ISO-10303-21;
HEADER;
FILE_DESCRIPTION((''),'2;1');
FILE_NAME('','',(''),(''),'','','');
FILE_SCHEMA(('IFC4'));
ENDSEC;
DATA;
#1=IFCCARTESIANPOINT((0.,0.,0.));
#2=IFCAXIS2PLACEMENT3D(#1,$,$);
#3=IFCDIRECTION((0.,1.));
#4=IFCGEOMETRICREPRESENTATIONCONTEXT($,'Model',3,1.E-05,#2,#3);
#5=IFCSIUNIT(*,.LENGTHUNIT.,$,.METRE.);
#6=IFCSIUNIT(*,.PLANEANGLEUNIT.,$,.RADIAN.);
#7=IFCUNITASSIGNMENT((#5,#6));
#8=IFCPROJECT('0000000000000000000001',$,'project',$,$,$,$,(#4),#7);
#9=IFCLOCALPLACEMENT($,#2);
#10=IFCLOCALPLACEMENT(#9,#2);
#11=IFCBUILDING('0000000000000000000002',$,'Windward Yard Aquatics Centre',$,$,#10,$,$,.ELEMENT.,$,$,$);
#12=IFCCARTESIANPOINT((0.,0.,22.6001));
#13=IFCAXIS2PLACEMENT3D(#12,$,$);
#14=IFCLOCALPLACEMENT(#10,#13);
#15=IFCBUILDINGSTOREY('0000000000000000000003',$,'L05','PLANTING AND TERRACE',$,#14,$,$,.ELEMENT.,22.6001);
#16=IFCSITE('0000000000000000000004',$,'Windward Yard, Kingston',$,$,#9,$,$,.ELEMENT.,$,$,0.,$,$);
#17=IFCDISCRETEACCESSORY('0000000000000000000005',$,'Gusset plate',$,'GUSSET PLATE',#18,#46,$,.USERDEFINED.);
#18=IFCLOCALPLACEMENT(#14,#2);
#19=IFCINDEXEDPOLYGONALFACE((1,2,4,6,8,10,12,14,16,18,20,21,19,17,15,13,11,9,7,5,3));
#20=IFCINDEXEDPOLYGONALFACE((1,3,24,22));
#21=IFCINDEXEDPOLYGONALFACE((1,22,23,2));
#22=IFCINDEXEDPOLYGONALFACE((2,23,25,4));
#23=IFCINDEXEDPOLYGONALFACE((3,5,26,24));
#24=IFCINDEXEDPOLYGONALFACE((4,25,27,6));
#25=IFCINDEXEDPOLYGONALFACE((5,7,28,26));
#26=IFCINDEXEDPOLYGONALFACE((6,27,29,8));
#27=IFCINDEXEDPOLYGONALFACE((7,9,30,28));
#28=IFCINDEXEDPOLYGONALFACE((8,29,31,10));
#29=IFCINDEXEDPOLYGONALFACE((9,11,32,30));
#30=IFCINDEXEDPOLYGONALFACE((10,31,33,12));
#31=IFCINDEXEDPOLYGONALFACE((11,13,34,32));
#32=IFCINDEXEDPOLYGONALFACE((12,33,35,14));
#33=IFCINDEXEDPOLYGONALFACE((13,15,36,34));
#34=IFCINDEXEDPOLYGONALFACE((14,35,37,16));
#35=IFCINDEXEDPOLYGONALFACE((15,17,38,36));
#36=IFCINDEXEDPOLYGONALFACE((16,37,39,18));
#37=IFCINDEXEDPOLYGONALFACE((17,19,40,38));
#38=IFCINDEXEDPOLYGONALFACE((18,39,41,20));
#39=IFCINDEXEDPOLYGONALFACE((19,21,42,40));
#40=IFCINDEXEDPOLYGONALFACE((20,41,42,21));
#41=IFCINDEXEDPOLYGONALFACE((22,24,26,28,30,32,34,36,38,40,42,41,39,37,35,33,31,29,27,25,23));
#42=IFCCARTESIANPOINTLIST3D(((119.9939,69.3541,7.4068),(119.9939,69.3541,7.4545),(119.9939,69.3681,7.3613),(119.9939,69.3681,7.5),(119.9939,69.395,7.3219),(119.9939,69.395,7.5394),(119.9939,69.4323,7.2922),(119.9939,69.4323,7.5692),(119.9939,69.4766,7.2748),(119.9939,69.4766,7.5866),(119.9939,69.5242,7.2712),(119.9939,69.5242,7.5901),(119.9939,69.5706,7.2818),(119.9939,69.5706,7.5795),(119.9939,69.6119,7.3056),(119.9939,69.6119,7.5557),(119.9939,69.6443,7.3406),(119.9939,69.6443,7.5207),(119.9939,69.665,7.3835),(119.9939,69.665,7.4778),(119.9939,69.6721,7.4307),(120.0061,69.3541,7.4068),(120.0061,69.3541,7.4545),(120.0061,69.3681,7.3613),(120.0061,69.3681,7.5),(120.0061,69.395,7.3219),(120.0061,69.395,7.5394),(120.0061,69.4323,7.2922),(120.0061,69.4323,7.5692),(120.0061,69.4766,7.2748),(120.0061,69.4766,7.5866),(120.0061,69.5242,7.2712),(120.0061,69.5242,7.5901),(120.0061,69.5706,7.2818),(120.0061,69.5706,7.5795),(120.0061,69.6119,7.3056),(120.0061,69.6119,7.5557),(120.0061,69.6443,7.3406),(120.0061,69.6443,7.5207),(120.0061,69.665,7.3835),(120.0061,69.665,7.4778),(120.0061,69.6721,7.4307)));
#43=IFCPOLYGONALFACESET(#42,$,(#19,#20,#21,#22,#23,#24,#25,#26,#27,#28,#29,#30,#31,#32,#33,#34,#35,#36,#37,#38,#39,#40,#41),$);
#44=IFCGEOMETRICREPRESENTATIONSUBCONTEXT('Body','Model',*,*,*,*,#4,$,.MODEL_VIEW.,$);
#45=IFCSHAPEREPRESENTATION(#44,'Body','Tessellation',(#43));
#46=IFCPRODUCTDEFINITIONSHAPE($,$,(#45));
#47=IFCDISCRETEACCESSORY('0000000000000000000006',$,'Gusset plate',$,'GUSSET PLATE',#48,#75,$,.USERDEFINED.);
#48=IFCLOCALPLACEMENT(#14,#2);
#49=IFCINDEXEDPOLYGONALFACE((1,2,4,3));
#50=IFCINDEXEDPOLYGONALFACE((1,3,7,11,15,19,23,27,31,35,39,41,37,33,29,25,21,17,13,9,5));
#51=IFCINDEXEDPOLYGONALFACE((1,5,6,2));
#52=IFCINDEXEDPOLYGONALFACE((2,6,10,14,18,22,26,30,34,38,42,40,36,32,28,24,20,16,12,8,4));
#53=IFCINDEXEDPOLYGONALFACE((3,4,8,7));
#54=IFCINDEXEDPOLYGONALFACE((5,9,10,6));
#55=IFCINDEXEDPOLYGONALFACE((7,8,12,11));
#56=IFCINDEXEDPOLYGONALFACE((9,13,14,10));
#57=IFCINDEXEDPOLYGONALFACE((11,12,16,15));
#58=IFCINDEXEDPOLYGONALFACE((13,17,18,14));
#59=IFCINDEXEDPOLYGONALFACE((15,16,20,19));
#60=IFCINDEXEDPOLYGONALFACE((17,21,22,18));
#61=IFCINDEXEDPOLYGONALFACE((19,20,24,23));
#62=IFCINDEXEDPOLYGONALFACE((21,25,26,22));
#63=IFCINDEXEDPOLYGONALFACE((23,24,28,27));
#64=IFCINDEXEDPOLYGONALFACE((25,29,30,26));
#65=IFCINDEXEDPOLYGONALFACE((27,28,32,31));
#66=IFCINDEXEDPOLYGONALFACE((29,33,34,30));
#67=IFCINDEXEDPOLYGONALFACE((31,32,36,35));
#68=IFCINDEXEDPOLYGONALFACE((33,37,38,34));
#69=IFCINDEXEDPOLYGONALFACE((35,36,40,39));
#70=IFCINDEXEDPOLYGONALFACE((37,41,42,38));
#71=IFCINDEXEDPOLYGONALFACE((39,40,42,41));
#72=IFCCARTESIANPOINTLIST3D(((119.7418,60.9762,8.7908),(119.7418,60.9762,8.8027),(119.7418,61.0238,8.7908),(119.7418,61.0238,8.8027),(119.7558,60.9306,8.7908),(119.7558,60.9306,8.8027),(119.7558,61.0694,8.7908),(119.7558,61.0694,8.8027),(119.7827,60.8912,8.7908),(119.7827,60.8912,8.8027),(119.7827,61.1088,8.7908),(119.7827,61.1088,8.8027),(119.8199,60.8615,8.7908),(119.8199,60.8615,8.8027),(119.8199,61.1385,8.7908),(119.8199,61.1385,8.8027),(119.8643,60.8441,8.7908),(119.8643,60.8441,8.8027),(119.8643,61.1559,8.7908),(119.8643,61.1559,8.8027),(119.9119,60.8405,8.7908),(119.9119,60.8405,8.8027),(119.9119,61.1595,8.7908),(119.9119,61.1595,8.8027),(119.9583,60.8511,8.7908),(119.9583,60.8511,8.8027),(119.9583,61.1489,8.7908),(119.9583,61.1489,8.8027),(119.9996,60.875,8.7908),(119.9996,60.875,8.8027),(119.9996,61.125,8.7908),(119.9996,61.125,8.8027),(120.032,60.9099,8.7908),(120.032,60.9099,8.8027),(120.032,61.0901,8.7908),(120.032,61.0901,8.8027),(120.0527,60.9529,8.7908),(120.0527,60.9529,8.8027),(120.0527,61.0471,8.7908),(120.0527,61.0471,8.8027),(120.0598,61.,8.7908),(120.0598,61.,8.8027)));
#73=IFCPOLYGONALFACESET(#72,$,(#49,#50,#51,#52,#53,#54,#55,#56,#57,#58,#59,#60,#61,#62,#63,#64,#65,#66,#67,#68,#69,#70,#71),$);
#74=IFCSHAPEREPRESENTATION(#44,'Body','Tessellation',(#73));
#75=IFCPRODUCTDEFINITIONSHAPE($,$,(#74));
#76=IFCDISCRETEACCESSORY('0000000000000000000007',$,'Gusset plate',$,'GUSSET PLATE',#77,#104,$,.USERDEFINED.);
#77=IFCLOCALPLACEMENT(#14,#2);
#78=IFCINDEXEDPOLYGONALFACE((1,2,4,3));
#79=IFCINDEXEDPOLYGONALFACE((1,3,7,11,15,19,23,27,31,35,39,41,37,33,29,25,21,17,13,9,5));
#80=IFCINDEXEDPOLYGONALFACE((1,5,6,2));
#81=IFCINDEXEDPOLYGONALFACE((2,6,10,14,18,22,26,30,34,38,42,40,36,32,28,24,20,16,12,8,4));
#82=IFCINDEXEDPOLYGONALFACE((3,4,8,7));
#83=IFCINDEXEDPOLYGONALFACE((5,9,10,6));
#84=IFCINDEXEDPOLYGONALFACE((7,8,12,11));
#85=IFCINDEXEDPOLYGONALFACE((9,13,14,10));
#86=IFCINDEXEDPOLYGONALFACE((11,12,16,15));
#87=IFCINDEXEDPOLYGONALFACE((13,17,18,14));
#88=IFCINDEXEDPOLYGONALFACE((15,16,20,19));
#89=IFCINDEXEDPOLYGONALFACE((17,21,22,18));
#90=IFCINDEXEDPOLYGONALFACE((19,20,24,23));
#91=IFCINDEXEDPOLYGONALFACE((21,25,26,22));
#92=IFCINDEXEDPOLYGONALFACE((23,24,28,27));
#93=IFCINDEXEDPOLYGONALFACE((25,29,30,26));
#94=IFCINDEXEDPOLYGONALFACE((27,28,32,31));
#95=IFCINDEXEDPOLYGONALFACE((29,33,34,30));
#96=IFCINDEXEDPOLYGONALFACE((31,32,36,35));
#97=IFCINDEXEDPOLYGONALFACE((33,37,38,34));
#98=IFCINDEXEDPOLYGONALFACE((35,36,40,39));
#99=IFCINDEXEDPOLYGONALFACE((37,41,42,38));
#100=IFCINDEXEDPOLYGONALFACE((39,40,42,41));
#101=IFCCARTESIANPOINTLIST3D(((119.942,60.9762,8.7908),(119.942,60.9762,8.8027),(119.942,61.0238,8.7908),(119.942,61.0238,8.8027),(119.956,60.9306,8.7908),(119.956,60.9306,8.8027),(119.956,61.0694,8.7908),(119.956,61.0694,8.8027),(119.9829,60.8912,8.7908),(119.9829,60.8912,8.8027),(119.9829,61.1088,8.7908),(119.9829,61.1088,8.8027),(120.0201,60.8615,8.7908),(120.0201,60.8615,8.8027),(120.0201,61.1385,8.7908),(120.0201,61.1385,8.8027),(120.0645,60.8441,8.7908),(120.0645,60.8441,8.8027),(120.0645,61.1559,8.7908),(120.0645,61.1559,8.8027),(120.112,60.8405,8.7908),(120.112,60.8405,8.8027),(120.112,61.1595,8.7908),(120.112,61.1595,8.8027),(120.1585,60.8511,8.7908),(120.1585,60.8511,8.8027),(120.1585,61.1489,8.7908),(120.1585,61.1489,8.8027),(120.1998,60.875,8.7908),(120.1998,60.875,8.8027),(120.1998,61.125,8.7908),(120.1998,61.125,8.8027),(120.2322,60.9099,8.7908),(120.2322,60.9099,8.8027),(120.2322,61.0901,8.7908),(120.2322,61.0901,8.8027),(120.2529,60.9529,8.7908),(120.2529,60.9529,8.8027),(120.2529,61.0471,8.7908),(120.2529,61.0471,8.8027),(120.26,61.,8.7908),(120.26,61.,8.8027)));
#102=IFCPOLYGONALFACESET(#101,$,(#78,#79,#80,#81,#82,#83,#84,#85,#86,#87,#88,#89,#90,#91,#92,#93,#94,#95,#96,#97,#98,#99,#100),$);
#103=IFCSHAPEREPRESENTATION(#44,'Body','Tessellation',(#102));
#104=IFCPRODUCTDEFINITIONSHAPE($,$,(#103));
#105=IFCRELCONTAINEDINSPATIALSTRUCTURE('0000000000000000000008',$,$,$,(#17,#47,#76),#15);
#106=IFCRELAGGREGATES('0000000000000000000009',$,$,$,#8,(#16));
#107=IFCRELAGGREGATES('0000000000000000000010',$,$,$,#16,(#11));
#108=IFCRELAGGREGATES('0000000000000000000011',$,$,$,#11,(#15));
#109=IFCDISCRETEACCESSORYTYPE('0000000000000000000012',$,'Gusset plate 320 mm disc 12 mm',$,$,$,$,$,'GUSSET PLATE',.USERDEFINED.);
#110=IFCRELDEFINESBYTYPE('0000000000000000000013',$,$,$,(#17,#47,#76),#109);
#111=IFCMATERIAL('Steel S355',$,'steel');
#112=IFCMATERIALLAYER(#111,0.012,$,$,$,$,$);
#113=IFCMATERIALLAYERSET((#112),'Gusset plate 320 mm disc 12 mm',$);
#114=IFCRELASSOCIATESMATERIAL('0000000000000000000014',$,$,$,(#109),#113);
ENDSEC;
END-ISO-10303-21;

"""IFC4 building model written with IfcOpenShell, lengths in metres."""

from ifc_helpers import new_model, si_unit, direction, frame, origin, origin_2d, place, context, subcontext, project, spatial, circle, extrude, material, layer, layer_set, type_object, element, save


model = new_model("IFC4")

# Units and contexts
model_context = context("Model", 3, precision=1e-05, world=origin(), true_north=direction((0.0, 1.0)))
body_context = subcontext(model_context, "Body", "Model", "MODEL_VIEW")
ifc_project = project(units=[si_unit("LENGTHUNIT", "METRE"), si_unit("PLANEANGLEUNIT", "RADIAN")], contexts=[model_context])

# Site, building, storey
site_placement = place(None, origin())
site = spatial("IfcSite", under=ifc_project, at=site_placement, Name="Windward Yard, Kingston", CompositionType="ELEMENT", RefElevation=0.0)
building_placement = place(site_placement, origin())
building = spatial("IfcBuilding", under=site, at=building_placement, Name="Windward Yard Aquatics Centre", CompositionType="ELEMENT")
storey_placement = place(building_placement, frame((0.0, 0.0, 22.6001)))
storey = spatial("IfcBuildingStorey", under=building, at=storey_placement, Name="L05", Description="PLANTING AND TERRACE", CompositionType="ELEMENT", Elevation=22.6001)

# Discrete accessories
ifc_material_1 = material(Name="Steel S355", Category="steel")
ifc_layer_1 = layer(ifc_material_1, 0.012)
ifc_layer_set_1 = layer_set([ifc_layer_1], Name="Gusset plate 320 mm disc 12 mm")
discrete_accessory_type = type_object("IfcDiscreteAccessoryType", Name="Gusset plate 320 mm disc 12 mm", ElementType="GUSSET PLATE", PredefinedType="USERDEFINED", material=ifc_layer_set_1)
for number, where, z_axis, x_axis, name in (
    (1, (119.9939, 69.5122, 7.4307), (1.0, 0.0, 0.0), (0.0, 1.0, 0.0), "Gusset plate"),
):
    element("IfcDiscreteAccessory", number, at=place(storey_placement, frame(where, z_axis=z_axis, x_axis=x_axis)), inside=storey, type_object=discrete_accessory_type, Name=name, ObjectType="GUSSET PLATE", PredefinedType="USERDEFINED", context=body_context, shape_type="SweptSolid", body=[
        extrude(circle(Radius=0.1599, at=origin_2d()), origin(), (0.0, 0.0, 1.0), 0.0122),
    ])
for number, where, z_axis, x_axis, name in (
    (2, (119.8999, 61.0, 8.7908), (0.0, 0.0, 1.0), (1.0, 0.0, 0.0), "Gusset plate"),
    (3, (120.1001, 61.0, 8.7908), (0.0, 0.0, 1.0), (1.0, 0.0, 0.0), "Gusset plate"),
):
    element("IfcDiscreteAccessory", number, at=place(storey_placement, frame(where, z_axis=z_axis, x_axis=x_axis)), inside=storey, type_object=discrete_accessory_type, Name=name, ObjectType="GUSSET PLATE", PredefinedType="USERDEFINED", context=body_context, shape_type="SweptSolid", body=[
        extrude(circle(Radius=0.1599, at=origin_2d()), origin(), (0.0, 0.0, 1.0), 0.012),
    ])

save(model, "model.ifc")
